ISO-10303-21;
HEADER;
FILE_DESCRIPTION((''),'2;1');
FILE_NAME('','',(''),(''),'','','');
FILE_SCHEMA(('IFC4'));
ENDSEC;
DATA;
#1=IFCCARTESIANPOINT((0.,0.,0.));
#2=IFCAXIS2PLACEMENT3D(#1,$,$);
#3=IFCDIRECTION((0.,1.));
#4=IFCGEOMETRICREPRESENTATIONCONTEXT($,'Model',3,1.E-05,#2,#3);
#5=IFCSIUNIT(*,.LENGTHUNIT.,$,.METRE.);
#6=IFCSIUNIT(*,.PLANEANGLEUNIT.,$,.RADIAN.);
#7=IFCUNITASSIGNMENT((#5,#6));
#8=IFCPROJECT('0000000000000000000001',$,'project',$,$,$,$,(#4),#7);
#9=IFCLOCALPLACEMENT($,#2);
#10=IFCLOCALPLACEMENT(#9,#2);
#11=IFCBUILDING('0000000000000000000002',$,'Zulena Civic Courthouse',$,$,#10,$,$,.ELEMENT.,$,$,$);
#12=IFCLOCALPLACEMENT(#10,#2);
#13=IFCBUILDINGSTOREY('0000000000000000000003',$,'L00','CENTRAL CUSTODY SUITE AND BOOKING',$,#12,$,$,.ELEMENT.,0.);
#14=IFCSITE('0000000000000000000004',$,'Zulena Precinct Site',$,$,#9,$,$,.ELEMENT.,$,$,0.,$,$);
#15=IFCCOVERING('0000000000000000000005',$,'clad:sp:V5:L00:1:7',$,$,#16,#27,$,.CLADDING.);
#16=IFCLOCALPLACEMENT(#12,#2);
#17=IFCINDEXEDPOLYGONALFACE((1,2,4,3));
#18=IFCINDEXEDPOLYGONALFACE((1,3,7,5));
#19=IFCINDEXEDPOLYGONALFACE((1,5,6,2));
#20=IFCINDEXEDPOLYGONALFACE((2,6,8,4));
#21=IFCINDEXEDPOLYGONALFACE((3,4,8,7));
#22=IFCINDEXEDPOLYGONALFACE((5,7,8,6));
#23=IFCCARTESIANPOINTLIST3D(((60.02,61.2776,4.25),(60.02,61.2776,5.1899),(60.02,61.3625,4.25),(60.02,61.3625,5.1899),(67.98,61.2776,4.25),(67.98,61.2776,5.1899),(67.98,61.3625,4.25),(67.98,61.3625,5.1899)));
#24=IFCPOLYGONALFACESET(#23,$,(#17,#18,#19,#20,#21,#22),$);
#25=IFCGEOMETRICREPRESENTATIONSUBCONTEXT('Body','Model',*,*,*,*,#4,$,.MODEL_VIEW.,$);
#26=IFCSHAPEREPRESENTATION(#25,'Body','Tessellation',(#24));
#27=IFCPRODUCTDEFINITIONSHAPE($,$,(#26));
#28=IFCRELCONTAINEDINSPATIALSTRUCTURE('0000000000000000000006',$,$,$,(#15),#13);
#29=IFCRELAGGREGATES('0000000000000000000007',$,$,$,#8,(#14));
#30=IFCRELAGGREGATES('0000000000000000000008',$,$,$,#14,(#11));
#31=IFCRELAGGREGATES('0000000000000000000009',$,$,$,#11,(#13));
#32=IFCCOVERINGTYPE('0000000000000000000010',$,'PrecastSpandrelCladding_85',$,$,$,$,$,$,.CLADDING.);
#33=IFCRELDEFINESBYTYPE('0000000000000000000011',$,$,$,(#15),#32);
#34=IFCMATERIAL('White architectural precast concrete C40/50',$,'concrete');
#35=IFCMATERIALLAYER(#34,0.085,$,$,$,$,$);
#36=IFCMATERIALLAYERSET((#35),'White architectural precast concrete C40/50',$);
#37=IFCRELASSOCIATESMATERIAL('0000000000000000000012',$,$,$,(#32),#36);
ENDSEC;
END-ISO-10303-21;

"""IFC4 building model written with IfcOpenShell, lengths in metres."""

from ifc_helpers import new_model, si_unit, direction, frame, origin, origin_2d, place, context, subcontext, project, spatial, rectangle, extrude, material, layer, layer_set, type_object, element, save


model = new_model("IFC4")

# Units and contexts
model_context = context("Model", 3, precision=1e-05, world=origin(), true_north=direction((0.0, 1.0)))
body_context = subcontext(model_context, "Body", "Model", "MODEL_VIEW")
ifc_project = project(units=[si_unit("LENGTHUNIT", "METRE"), si_unit("PLANEANGLEUNIT", "RADIAN")], contexts=[model_context])

# Site, building, storey
site_placement = place(None, origin())
site = spatial("IfcSite", under=ifc_project, at=site_placement, Name="Zulena Precinct Site", CompositionType="ELEMENT", RefElevation=0.0)
building_placement = place(site_placement, origin())
building = spatial("IfcBuilding", under=site, at=building_placement, Name="Zulena Civic Courthouse", CompositionType="ELEMENT")
storey_placement = place(building_placement, origin())
storey = spatial("IfcBuildingStorey", under=building, at=storey_placement, Name="L00", Description="CENTRAL CUSTODY SUITE AND BOOKING", CompositionType="ELEMENT", Elevation=0.0)

# Covering
ifc_material_1 = material(Name="White architectural precast concrete C40/50", Category="concrete")
ifc_layer_1 = layer(ifc_material_1, 0.085)
ifc_layer_set_1 = layer_set([ifc_layer_1], Name="White architectural precast concrete C40/50")
covering_type = type_object("IfcCoveringType", Name="PrecastSpandrelCladding_85", PredefinedType="CLADDING", material=ifc_layer_set_1)
for number, where, z_axis, x_axis, name in (
    (1, (64.0, 61.3201, 4.25), (0.0, 0.0, 1.0), (1.0, 0.0, 0.0), "clad:sp:V5:L00:1:7"),
):
    element("IfcCovering", number, at=place(storey_placement, frame(where, z_axis=z_axis, x_axis=x_axis)), inside=storey, type_object=covering_type, Name=name, PredefinedType="CLADDING", context=body_context, shape_type="SweptSolid", body=[
        extrude(rectangle(XDim=7.96, YDim=0.085, at=origin_2d()), origin(), (0.0, 0.0, 1.0), 0.9399),
    ])

save(model, "model.ifc")
